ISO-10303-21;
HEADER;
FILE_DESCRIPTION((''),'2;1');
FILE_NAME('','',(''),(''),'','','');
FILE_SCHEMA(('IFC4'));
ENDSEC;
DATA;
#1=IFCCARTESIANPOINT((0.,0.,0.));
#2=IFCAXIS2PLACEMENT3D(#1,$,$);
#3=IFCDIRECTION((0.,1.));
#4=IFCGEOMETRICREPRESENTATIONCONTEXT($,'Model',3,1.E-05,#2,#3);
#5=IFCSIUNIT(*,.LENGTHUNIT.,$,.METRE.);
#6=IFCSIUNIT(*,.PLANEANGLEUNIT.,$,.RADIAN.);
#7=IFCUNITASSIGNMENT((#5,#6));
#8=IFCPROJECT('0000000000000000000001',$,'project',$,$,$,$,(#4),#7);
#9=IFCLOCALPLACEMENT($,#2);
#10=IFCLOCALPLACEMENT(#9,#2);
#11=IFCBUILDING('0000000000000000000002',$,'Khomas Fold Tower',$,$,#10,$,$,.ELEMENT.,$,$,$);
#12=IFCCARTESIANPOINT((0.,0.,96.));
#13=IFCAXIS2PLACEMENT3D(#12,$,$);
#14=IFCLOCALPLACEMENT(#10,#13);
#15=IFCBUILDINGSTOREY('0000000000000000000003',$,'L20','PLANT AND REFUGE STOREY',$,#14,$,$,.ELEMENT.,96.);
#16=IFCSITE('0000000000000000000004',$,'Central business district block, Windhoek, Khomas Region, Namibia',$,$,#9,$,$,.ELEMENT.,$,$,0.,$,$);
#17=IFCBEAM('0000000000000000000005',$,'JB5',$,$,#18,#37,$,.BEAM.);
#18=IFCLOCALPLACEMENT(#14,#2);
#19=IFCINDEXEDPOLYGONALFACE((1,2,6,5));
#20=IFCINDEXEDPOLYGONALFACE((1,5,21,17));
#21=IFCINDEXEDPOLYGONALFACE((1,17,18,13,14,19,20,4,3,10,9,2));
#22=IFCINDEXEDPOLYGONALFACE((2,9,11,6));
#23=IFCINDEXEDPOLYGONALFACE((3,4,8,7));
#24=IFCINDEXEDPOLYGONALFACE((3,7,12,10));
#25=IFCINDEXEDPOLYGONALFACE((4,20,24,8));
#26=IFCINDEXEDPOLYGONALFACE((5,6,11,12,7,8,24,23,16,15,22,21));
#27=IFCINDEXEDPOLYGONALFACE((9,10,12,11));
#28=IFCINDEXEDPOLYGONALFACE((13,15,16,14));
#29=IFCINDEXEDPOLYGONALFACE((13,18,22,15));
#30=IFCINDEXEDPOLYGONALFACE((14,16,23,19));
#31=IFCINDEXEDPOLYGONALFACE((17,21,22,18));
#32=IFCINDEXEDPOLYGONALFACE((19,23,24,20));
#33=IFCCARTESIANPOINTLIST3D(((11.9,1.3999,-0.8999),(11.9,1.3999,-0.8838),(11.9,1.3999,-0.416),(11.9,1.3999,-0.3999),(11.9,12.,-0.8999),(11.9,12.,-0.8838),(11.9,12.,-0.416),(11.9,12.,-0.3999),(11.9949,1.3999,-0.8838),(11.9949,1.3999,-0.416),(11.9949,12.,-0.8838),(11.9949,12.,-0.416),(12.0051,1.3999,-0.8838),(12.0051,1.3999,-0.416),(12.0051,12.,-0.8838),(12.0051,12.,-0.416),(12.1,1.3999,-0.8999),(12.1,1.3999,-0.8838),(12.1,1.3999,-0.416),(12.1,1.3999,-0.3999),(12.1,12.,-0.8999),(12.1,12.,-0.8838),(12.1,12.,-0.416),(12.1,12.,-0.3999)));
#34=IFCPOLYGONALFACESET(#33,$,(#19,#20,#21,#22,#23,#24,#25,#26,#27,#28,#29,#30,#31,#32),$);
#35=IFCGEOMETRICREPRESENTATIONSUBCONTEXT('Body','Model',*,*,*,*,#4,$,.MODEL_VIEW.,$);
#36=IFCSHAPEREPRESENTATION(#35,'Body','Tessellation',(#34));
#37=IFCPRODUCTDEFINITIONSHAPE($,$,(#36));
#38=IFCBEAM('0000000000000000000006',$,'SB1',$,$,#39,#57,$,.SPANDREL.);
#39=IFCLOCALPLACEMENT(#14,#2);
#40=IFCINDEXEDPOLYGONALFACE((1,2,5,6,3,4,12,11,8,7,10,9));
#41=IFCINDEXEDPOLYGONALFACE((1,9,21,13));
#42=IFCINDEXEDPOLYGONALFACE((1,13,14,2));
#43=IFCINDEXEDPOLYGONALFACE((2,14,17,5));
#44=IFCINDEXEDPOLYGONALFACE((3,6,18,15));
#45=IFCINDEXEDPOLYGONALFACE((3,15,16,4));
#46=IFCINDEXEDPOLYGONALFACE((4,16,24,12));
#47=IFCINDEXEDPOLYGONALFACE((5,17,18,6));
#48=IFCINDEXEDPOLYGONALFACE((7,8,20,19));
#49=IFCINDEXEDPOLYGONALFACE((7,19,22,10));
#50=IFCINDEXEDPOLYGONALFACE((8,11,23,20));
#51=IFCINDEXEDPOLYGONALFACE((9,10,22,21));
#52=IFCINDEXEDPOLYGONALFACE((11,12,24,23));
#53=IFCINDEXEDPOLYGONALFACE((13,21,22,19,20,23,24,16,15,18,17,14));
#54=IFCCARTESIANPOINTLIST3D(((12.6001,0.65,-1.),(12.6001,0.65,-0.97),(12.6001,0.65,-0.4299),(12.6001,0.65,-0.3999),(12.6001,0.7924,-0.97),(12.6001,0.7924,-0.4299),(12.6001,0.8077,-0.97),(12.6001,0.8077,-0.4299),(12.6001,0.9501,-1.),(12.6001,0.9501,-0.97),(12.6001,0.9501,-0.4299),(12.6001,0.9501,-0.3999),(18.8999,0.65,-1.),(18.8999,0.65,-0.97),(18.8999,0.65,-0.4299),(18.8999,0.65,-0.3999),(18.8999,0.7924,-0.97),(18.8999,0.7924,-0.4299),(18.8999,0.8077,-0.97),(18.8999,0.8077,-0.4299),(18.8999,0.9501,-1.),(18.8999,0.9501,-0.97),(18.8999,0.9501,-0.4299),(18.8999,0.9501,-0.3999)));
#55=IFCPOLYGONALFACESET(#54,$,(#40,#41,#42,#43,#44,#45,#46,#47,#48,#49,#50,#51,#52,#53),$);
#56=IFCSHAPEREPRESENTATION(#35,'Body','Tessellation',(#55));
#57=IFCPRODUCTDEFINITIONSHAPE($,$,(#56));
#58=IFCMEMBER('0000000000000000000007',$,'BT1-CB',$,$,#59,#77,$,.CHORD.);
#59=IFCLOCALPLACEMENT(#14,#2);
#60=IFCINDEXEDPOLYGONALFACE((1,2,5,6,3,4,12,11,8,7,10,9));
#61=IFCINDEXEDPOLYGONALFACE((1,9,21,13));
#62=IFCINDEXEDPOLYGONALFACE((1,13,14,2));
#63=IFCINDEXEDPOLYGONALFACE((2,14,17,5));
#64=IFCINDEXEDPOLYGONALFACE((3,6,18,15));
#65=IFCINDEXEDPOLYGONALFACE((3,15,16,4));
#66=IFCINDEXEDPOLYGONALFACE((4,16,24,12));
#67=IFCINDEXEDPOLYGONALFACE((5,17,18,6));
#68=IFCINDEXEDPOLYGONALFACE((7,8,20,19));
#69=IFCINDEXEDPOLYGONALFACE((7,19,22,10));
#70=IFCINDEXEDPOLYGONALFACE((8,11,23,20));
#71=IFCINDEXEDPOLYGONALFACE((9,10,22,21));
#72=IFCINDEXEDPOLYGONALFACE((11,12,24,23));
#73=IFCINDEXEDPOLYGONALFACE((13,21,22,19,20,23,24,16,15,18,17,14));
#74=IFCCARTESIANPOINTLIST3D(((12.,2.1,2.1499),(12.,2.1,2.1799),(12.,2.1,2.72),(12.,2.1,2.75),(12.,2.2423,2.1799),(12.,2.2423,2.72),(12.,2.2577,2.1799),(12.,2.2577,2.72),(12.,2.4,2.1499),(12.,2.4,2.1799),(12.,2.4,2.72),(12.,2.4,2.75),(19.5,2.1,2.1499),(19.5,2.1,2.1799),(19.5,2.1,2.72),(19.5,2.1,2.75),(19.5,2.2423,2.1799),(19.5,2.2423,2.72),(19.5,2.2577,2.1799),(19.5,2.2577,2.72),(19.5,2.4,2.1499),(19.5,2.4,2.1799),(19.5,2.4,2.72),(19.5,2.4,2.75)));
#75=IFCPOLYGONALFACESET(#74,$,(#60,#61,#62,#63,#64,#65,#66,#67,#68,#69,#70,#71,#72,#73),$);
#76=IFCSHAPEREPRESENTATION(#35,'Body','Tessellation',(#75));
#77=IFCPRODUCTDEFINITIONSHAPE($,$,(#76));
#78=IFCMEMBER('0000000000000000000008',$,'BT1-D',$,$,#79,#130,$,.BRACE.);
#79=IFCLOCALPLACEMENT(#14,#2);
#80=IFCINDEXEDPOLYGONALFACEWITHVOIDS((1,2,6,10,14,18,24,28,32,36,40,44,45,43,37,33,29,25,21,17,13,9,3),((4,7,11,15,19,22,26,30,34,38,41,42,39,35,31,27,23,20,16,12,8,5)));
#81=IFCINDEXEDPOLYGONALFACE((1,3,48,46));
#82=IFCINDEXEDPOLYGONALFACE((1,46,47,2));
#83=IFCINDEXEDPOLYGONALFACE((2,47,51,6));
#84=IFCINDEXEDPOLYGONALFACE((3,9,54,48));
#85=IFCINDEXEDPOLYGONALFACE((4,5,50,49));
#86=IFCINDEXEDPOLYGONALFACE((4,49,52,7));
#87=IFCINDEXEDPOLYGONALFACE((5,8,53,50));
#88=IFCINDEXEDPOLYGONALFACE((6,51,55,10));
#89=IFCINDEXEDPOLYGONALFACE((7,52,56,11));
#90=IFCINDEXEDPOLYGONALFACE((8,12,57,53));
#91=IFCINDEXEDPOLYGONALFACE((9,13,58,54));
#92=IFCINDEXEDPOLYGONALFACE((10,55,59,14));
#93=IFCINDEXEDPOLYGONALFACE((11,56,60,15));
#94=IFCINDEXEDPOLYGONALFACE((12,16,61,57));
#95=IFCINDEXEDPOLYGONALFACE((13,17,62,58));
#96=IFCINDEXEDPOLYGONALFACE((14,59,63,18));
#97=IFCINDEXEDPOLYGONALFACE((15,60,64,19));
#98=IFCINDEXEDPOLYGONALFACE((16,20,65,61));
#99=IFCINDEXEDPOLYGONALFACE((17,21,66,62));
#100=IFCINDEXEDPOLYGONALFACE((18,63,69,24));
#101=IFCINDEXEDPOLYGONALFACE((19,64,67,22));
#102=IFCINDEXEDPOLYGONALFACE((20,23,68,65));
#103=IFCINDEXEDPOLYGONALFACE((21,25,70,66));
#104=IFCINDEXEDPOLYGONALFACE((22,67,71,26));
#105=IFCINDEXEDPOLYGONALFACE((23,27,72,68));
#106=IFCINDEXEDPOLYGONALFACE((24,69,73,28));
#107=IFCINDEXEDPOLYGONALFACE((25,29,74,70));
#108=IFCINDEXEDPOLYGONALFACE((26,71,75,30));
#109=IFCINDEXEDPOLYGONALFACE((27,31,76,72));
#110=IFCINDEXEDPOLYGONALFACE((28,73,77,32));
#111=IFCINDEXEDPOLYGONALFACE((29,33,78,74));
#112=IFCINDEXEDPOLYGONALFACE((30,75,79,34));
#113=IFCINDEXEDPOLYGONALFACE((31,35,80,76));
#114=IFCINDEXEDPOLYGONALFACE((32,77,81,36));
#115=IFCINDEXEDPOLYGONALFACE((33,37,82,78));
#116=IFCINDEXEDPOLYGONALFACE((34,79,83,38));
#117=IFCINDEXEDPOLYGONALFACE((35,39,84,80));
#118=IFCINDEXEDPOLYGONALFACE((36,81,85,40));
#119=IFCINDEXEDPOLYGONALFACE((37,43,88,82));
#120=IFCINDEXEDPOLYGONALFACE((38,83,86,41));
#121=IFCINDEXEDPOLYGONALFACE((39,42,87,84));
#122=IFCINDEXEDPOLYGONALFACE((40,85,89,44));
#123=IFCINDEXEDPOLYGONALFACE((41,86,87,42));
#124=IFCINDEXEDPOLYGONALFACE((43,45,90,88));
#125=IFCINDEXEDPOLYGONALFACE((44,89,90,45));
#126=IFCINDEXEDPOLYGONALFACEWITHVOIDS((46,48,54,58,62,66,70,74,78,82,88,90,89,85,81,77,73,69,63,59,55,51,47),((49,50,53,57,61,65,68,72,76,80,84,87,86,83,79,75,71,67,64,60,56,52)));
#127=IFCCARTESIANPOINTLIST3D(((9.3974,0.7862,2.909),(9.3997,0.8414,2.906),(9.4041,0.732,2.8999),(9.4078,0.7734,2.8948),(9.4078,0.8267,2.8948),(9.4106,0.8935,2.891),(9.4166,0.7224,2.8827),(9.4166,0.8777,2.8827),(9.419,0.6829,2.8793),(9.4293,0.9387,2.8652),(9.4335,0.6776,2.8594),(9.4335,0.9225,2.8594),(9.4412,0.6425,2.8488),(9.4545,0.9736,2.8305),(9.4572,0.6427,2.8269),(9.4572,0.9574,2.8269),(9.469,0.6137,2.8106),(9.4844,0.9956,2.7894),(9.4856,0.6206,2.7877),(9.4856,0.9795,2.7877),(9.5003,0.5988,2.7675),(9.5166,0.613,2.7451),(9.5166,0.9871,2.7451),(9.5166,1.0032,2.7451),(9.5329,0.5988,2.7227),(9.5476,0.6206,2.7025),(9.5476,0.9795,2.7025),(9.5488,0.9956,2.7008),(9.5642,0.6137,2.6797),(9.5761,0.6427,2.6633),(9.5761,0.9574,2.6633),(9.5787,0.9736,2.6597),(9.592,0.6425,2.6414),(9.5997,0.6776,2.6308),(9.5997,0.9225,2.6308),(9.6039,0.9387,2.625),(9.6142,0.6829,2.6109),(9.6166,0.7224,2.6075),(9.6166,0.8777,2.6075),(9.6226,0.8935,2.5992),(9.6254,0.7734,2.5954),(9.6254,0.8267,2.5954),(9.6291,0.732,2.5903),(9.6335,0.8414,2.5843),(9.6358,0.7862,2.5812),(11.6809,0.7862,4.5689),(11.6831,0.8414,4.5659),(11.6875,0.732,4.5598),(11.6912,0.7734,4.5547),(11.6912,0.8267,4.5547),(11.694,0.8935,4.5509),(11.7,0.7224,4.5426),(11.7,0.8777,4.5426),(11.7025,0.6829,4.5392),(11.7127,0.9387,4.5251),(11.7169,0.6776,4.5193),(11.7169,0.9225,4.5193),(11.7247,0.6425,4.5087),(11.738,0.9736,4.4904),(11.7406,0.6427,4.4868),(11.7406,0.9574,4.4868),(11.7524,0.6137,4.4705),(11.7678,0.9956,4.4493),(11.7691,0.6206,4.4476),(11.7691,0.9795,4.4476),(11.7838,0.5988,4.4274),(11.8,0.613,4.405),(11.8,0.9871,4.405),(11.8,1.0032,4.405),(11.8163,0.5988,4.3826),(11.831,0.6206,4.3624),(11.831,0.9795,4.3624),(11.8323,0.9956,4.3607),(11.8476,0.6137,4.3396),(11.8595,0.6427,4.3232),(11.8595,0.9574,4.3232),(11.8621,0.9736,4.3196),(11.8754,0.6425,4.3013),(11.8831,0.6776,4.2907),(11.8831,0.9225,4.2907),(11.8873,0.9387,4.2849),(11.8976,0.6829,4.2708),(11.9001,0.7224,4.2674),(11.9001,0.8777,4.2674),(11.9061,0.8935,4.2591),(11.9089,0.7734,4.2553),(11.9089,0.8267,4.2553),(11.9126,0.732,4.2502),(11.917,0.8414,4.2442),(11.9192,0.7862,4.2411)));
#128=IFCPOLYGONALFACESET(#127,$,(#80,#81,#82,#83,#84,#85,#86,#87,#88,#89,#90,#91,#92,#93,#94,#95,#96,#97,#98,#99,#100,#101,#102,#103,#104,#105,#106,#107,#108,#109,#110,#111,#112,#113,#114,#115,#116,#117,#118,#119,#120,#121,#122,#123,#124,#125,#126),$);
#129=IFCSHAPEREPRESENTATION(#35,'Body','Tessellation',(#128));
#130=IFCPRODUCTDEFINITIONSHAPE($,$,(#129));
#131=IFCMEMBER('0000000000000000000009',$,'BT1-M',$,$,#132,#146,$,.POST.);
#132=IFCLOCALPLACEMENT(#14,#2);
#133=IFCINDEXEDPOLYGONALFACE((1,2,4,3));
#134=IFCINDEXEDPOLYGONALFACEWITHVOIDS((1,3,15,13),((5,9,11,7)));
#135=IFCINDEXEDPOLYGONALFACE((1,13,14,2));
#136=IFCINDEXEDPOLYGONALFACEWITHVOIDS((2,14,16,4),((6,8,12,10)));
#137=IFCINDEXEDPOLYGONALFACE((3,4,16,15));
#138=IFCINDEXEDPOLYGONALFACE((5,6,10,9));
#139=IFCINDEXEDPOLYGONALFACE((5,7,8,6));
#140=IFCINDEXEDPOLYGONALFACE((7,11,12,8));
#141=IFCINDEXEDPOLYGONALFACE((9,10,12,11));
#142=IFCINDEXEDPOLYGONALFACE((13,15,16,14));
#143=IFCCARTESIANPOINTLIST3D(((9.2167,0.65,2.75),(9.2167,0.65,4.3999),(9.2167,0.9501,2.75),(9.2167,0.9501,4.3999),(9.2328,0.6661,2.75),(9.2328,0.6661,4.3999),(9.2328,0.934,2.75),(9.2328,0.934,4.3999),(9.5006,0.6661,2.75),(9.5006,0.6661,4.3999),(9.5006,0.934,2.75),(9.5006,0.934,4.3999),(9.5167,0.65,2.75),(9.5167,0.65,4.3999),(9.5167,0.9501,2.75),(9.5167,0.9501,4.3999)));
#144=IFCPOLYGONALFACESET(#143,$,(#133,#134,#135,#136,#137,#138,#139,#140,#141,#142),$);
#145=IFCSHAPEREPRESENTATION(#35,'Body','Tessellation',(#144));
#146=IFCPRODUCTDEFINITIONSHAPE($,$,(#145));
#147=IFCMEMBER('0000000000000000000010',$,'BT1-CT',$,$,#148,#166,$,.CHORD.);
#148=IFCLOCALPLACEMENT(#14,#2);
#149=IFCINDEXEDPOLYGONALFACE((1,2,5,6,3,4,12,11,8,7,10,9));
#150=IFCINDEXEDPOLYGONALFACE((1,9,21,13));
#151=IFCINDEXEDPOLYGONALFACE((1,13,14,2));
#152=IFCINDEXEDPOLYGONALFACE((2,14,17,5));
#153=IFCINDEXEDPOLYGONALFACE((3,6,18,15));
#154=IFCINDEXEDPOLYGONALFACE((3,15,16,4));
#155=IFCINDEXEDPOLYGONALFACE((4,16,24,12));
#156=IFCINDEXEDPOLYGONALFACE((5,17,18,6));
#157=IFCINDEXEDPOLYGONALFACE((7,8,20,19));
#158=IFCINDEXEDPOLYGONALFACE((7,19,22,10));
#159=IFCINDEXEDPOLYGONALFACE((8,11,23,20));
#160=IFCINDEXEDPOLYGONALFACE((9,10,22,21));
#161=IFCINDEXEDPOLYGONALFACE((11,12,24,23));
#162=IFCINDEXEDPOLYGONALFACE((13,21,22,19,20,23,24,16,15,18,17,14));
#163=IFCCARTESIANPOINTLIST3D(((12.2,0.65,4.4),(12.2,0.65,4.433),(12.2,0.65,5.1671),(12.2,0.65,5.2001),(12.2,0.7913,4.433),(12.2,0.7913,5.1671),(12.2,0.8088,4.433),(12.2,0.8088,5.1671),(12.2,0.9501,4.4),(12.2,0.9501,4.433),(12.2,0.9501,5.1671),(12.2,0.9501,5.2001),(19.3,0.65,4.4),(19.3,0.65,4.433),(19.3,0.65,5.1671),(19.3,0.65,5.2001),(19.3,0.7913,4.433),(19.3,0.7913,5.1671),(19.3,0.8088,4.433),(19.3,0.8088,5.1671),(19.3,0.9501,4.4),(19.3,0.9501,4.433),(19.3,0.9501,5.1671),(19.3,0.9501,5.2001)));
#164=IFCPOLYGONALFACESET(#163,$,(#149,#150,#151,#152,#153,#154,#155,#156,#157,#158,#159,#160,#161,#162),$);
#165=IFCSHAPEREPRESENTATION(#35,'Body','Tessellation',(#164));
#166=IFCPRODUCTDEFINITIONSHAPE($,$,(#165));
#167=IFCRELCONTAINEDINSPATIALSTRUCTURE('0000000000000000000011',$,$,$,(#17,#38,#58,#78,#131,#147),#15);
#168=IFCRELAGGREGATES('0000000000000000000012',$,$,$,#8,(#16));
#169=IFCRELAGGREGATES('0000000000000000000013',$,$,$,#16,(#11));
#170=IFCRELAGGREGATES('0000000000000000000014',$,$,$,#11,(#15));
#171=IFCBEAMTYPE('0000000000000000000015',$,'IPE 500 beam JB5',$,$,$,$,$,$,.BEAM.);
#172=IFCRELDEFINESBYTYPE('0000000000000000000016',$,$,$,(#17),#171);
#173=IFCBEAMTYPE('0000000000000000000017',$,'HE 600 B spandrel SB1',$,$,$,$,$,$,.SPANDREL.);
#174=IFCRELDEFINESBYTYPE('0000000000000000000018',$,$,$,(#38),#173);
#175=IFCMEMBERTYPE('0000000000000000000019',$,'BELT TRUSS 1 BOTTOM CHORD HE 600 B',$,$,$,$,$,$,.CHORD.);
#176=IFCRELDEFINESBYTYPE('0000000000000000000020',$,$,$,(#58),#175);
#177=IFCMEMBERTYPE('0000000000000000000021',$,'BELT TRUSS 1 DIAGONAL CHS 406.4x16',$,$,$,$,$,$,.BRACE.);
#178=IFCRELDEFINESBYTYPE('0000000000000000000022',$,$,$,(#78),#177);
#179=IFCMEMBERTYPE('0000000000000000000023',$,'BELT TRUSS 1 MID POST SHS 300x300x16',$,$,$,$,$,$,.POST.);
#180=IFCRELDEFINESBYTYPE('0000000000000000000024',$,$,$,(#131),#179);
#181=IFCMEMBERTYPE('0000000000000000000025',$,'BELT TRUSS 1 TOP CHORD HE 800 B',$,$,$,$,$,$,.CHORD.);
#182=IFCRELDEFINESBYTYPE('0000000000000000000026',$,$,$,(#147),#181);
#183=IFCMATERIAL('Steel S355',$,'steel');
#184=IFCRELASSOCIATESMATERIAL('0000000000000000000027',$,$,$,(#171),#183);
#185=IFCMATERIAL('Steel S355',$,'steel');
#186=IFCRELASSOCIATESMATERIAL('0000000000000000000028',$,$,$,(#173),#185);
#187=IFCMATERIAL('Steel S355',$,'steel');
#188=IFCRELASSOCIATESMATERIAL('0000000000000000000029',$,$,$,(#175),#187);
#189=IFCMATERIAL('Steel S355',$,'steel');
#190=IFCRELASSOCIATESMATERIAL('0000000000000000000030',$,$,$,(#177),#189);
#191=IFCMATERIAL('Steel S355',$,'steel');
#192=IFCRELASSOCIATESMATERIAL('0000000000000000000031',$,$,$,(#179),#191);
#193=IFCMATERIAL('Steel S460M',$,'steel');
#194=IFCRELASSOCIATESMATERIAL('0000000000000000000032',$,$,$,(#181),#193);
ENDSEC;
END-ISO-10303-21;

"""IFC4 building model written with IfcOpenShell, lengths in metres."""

from ifc_helpers import new_model, si_unit, direction, frame, origin, origin_2d, place, context, subcontext, project, spatial, hollow_rectangle, hollow_circle, i_section, extrude, source, transform, mapped, material, material_profile, profile_set, type_object, element, save


model = new_model("IFC4")

# Units and contexts
model_context = context("Model", 3, precision=1e-05, world=origin(), true_north=direction((0.0, 1.0)))
body_context = subcontext(model_context, "Body", "Model", "MODEL_VIEW")
ifc_project = project(units=[si_unit("LENGTHUNIT", "METRE"), si_unit("PLANEANGLEUNIT", "RADIAN")], contexts=[model_context])

# Site, building, storey
site_placement = place(None, origin())
site = spatial("IfcSite", under=ifc_project, at=site_placement, Name="Central business district block, Windhoek, Khomas Region, Namibia", CompositionType="ELEMENT", RefElevation=0.0)
building_placement = place(site_placement, origin())
building = spatial("IfcBuilding", under=site, at=building_placement, Name="Khomas Fold Tower", CompositionType="ELEMENT")
storey_placement = place(building_placement, frame((0.0, 0.0, 96.0)))
storey = spatial("IfcBuildingStorey", under=building, at=storey_placement, Name="L20", Description="PLANT AND REFUGE STOREY", CompositionType="ELEMENT", Elevation=96.0)

# Beams
ifc_material_1 = material(Name="Steel S355", Category="steel")
ifc_material_profile_1 = material_profile(ifc_material_1, i_section(OverallWidth=0.2, OverallDepth=0.5, WebThickness=0.0103, FlangeThickness=0.0161, at=origin_2d()), Name="IPE 500")
ifc_profile_set_1 = profile_set([ifc_material_profile_1], Name="Steel S355")
beam_type_1 = type_object("IfcBeamType", Name="IPE 500 beam JB5", PredefinedType="BEAM", material=ifc_profile_set_1)
shared_shape_1 = source(origin(), body_context, "Body", "SweptSolid", [
    extrude(i_section(OverallWidth=0.2, OverallDepth=0.5, WebThickness=0.0103, FlangeThickness=0.0161, at=origin_2d()), origin(), (0.0, 0.0, 1.0), 10.6001),
])
beam_1_placement = place(storey_placement, frame((12.0, 1.3999, -0.6499), z_axis=(0.0, 1.0, 0.0), x_axis=(-1.0, 0.0, 0.0)))
element("IfcBeam", 1, at=beam_1_placement, inside=storey, type_object=beam_type_1, Name="JB5", PredefinedType="BEAM", context=body_context, shape_type="MappedRepresentation", body=[
    mapped(shared_shape_1, transform((0.0, 0.0, 0.0))),
])
ifc_material_2 = material(Name="Steel S355", Category="steel")
ifc_material_profile_2 = material_profile(ifc_material_2, i_section(OverallWidth=0.3, OverallDepth=0.6001, WebThickness=0.0154, FlangeThickness=0.03, at=origin_2d()), Name="HE 600 B")
ifc_profile_set_2 = profile_set([ifc_material_profile_2], Name="Steel S355")
beam_type_2 = type_object("IfcBeamType", Name="HE 600 B spandrel SB1", PredefinedType="SPANDREL", material=ifc_profile_set_2)
shared_shape_2 = source(origin(), body_context, "Body", "SweptSolid", [
    extrude(i_section(OverallWidth=0.3, OverallDepth=0.6001, WebThickness=0.0154, FlangeThickness=0.03, at=origin_2d()), origin(), (0.0, 0.0, 1.0), 6.2998),
])
beam_2_placement = place(storey_placement, frame((12.6001, 0.8, -0.7), z_axis=(1.0, 0.0, 0.0), x_axis=(0.0, 1.0, 0.0)))
element("IfcBeam", 2, at=beam_2_placement, inside=storey, type_object=beam_type_2, Name="SB1", PredefinedType="SPANDREL", context=body_context, shape_type="MappedRepresentation", body=[
    mapped(shared_shape_2, transform((0.0, 0.0, 0.0))),
])

# Members
ifc_material_3 = material(Name="Steel S355", Category="steel")
ifc_material_profile_3 = material_profile(ifc_material_3, i_section(OverallWidth=0.3, OverallDepth=0.6001, WebThickness=0.0154, FlangeThickness=0.03, at=origin_2d()), Name="HE 600 B")
ifc_profile_set_3 = profile_set([ifc_material_profile_3], Name="Steel S355")
member_type_1 = type_object("IfcMemberType", Name="BELT TRUSS 1 BOTTOM CHORD HE 600 B", PredefinedType="CHORD", material=ifc_profile_set_3)
shared_shape_3 = source(origin(), body_context, "Body", "SweptSolid", [
    extrude(i_section(OverallWidth=0.3, OverallDepth=0.6001, WebThickness=0.0154, FlangeThickness=0.03, at=origin_2d()), origin(), (0.0, 0.0, 1.0), 7.5),
])
member_1_placement = place(storey_placement, frame((12.0, 2.25, 2.45), z_axis=(1.0, 0.0, 0.0), x_axis=(0.0, 1.0, 0.0)))
element("IfcMember", 3, at=member_1_placement, inside=storey, type_object=member_type_1, Name="BT1-CB", PredefinedType="CHORD", context=body_context, shape_type="MappedRepresentation", body=[
    mapped(shared_shape_3, transform((0.0, 0.0, 0.0))),
])
ifc_material_4 = material(Name="Steel S355", Category="steel")
ifc_material_profile_4 = material_profile(ifc_material_4, hollow_circle(Radius=0.2031, WallThickness=0.0161, at=origin_2d()), Name="CHS 406.4x16")
ifc_profile_set_4 = profile_set([ifc_material_profile_4], Name="Steel S355")
member_type_2 = type_object("IfcMemberType", Name="BELT TRUSS 1 DIAGONAL CHS 406.4x16", PredefinedType="BRACE", material=ifc_profile_set_4)
shared_shape_4 = source(origin(), body_context, "Body", "SweptSolid", [
    extrude(hollow_circle(Radius=0.2031, WallThickness=0.0161, at=origin_2d()), origin(), (0.0, 0.0, 1.0), 2.823),
])
member_2_placement = place(storey_placement, frame((9.5166, 0.8, 2.7451), z_axis=(0.808867, 0.0, 0.587992), x_axis=(0.0, 1.0, 0.0)))
element("IfcMember", 4, at=member_2_placement, inside=storey, type_object=member_type_2, Name="BT1-D", PredefinedType="BRACE", context=body_context, shape_type="MappedRepresentation", body=[
    mapped(shared_shape_4, transform((0.0, 0.0, 0.0))),
])
ifc_material_5 = material(Name="Steel S355", Category="steel")
ifc_material_profile_5 = material_profile(ifc_material_5, hollow_rectangle(XDim=0.3, YDim=0.3, WallThickness=0.0161, at=origin_2d()), Name="SHS 300x300x16")
ifc_profile_set_5 = profile_set([ifc_material_profile_5], Name="Steel S355")
member_type_3 = type_object("IfcMemberType", Name="BELT TRUSS 1 MID POST SHS 300x300x16", PredefinedType="POST", material=ifc_profile_set_5)
shared_shape_5 = source(origin(), body_context, "Body", "SweptSolid", [
    extrude(hollow_rectangle(XDim=0.3, YDim=0.3, WallThickness=0.0161, at=origin_2d()), origin(), (0.0, 0.0, 1.0), 1.6499),
])
member_3_placement = place(storey_placement, frame((9.3667, 0.8, 2.75), z_axis=(0.0, 0.0, 1.0), x_axis=(1.0, 0.0, 0.0)))
element("IfcMember", 5, at=member_3_placement, inside=storey, type_object=member_type_3, Name="BT1-M", PredefinedType="POST", context=body_context, shape_type="MappedRepresentation", body=[
    mapped(shared_shape_5, transform((0.0, 0.0, 0.0))),
])
ifc_material_6 = material(Name="Steel S460M", Category="steel")
ifc_material_profile_6 = material_profile(ifc_material_6, i_section(OverallWidth=0.3, OverallDepth=0.8, WebThickness=0.0176, FlangeThickness=0.033, at=origin_2d()), Name="HE 800 B")
ifc_profile_set_6 = profile_set([ifc_material_profile_6], Name="Steel S460M")
member_type_4 = type_object("IfcMemberType", Name="BELT TRUSS 1 TOP CHORD HE 800 B", PredefinedType="CHORD", material=ifc_profile_set_6)
shared_shape_6 = source(origin(), body_context, "Body", "SweptSolid", [
    extrude(i_section(OverallWidth=0.3, OverallDepth=0.8, WebThickness=0.0176, FlangeThickness=0.033, at=origin_2d()), origin(), (0.0, 0.0, 1.0), 7.1001),
])
for number, where, z_axis, x_axis, name in (
    (6, (12.2, 0.8, 4.8), (1.0, 0.0, 0.0), (0.0, 1.0, 0.0), "BT1-CT"),
):
    element("IfcMember", number, at=place(storey_placement, frame(where, z_axis=z_axis, x_axis=x_axis)), inside=storey, type_object=member_type_4, Name=name, PredefinedType="CHORD", context=body_context, shape_type="MappedRepresentation", body=[
        mapped(shared_shape_6, transform((0.0, 0.0, 0.0))),
    ])

save(model, "model.ifc")
